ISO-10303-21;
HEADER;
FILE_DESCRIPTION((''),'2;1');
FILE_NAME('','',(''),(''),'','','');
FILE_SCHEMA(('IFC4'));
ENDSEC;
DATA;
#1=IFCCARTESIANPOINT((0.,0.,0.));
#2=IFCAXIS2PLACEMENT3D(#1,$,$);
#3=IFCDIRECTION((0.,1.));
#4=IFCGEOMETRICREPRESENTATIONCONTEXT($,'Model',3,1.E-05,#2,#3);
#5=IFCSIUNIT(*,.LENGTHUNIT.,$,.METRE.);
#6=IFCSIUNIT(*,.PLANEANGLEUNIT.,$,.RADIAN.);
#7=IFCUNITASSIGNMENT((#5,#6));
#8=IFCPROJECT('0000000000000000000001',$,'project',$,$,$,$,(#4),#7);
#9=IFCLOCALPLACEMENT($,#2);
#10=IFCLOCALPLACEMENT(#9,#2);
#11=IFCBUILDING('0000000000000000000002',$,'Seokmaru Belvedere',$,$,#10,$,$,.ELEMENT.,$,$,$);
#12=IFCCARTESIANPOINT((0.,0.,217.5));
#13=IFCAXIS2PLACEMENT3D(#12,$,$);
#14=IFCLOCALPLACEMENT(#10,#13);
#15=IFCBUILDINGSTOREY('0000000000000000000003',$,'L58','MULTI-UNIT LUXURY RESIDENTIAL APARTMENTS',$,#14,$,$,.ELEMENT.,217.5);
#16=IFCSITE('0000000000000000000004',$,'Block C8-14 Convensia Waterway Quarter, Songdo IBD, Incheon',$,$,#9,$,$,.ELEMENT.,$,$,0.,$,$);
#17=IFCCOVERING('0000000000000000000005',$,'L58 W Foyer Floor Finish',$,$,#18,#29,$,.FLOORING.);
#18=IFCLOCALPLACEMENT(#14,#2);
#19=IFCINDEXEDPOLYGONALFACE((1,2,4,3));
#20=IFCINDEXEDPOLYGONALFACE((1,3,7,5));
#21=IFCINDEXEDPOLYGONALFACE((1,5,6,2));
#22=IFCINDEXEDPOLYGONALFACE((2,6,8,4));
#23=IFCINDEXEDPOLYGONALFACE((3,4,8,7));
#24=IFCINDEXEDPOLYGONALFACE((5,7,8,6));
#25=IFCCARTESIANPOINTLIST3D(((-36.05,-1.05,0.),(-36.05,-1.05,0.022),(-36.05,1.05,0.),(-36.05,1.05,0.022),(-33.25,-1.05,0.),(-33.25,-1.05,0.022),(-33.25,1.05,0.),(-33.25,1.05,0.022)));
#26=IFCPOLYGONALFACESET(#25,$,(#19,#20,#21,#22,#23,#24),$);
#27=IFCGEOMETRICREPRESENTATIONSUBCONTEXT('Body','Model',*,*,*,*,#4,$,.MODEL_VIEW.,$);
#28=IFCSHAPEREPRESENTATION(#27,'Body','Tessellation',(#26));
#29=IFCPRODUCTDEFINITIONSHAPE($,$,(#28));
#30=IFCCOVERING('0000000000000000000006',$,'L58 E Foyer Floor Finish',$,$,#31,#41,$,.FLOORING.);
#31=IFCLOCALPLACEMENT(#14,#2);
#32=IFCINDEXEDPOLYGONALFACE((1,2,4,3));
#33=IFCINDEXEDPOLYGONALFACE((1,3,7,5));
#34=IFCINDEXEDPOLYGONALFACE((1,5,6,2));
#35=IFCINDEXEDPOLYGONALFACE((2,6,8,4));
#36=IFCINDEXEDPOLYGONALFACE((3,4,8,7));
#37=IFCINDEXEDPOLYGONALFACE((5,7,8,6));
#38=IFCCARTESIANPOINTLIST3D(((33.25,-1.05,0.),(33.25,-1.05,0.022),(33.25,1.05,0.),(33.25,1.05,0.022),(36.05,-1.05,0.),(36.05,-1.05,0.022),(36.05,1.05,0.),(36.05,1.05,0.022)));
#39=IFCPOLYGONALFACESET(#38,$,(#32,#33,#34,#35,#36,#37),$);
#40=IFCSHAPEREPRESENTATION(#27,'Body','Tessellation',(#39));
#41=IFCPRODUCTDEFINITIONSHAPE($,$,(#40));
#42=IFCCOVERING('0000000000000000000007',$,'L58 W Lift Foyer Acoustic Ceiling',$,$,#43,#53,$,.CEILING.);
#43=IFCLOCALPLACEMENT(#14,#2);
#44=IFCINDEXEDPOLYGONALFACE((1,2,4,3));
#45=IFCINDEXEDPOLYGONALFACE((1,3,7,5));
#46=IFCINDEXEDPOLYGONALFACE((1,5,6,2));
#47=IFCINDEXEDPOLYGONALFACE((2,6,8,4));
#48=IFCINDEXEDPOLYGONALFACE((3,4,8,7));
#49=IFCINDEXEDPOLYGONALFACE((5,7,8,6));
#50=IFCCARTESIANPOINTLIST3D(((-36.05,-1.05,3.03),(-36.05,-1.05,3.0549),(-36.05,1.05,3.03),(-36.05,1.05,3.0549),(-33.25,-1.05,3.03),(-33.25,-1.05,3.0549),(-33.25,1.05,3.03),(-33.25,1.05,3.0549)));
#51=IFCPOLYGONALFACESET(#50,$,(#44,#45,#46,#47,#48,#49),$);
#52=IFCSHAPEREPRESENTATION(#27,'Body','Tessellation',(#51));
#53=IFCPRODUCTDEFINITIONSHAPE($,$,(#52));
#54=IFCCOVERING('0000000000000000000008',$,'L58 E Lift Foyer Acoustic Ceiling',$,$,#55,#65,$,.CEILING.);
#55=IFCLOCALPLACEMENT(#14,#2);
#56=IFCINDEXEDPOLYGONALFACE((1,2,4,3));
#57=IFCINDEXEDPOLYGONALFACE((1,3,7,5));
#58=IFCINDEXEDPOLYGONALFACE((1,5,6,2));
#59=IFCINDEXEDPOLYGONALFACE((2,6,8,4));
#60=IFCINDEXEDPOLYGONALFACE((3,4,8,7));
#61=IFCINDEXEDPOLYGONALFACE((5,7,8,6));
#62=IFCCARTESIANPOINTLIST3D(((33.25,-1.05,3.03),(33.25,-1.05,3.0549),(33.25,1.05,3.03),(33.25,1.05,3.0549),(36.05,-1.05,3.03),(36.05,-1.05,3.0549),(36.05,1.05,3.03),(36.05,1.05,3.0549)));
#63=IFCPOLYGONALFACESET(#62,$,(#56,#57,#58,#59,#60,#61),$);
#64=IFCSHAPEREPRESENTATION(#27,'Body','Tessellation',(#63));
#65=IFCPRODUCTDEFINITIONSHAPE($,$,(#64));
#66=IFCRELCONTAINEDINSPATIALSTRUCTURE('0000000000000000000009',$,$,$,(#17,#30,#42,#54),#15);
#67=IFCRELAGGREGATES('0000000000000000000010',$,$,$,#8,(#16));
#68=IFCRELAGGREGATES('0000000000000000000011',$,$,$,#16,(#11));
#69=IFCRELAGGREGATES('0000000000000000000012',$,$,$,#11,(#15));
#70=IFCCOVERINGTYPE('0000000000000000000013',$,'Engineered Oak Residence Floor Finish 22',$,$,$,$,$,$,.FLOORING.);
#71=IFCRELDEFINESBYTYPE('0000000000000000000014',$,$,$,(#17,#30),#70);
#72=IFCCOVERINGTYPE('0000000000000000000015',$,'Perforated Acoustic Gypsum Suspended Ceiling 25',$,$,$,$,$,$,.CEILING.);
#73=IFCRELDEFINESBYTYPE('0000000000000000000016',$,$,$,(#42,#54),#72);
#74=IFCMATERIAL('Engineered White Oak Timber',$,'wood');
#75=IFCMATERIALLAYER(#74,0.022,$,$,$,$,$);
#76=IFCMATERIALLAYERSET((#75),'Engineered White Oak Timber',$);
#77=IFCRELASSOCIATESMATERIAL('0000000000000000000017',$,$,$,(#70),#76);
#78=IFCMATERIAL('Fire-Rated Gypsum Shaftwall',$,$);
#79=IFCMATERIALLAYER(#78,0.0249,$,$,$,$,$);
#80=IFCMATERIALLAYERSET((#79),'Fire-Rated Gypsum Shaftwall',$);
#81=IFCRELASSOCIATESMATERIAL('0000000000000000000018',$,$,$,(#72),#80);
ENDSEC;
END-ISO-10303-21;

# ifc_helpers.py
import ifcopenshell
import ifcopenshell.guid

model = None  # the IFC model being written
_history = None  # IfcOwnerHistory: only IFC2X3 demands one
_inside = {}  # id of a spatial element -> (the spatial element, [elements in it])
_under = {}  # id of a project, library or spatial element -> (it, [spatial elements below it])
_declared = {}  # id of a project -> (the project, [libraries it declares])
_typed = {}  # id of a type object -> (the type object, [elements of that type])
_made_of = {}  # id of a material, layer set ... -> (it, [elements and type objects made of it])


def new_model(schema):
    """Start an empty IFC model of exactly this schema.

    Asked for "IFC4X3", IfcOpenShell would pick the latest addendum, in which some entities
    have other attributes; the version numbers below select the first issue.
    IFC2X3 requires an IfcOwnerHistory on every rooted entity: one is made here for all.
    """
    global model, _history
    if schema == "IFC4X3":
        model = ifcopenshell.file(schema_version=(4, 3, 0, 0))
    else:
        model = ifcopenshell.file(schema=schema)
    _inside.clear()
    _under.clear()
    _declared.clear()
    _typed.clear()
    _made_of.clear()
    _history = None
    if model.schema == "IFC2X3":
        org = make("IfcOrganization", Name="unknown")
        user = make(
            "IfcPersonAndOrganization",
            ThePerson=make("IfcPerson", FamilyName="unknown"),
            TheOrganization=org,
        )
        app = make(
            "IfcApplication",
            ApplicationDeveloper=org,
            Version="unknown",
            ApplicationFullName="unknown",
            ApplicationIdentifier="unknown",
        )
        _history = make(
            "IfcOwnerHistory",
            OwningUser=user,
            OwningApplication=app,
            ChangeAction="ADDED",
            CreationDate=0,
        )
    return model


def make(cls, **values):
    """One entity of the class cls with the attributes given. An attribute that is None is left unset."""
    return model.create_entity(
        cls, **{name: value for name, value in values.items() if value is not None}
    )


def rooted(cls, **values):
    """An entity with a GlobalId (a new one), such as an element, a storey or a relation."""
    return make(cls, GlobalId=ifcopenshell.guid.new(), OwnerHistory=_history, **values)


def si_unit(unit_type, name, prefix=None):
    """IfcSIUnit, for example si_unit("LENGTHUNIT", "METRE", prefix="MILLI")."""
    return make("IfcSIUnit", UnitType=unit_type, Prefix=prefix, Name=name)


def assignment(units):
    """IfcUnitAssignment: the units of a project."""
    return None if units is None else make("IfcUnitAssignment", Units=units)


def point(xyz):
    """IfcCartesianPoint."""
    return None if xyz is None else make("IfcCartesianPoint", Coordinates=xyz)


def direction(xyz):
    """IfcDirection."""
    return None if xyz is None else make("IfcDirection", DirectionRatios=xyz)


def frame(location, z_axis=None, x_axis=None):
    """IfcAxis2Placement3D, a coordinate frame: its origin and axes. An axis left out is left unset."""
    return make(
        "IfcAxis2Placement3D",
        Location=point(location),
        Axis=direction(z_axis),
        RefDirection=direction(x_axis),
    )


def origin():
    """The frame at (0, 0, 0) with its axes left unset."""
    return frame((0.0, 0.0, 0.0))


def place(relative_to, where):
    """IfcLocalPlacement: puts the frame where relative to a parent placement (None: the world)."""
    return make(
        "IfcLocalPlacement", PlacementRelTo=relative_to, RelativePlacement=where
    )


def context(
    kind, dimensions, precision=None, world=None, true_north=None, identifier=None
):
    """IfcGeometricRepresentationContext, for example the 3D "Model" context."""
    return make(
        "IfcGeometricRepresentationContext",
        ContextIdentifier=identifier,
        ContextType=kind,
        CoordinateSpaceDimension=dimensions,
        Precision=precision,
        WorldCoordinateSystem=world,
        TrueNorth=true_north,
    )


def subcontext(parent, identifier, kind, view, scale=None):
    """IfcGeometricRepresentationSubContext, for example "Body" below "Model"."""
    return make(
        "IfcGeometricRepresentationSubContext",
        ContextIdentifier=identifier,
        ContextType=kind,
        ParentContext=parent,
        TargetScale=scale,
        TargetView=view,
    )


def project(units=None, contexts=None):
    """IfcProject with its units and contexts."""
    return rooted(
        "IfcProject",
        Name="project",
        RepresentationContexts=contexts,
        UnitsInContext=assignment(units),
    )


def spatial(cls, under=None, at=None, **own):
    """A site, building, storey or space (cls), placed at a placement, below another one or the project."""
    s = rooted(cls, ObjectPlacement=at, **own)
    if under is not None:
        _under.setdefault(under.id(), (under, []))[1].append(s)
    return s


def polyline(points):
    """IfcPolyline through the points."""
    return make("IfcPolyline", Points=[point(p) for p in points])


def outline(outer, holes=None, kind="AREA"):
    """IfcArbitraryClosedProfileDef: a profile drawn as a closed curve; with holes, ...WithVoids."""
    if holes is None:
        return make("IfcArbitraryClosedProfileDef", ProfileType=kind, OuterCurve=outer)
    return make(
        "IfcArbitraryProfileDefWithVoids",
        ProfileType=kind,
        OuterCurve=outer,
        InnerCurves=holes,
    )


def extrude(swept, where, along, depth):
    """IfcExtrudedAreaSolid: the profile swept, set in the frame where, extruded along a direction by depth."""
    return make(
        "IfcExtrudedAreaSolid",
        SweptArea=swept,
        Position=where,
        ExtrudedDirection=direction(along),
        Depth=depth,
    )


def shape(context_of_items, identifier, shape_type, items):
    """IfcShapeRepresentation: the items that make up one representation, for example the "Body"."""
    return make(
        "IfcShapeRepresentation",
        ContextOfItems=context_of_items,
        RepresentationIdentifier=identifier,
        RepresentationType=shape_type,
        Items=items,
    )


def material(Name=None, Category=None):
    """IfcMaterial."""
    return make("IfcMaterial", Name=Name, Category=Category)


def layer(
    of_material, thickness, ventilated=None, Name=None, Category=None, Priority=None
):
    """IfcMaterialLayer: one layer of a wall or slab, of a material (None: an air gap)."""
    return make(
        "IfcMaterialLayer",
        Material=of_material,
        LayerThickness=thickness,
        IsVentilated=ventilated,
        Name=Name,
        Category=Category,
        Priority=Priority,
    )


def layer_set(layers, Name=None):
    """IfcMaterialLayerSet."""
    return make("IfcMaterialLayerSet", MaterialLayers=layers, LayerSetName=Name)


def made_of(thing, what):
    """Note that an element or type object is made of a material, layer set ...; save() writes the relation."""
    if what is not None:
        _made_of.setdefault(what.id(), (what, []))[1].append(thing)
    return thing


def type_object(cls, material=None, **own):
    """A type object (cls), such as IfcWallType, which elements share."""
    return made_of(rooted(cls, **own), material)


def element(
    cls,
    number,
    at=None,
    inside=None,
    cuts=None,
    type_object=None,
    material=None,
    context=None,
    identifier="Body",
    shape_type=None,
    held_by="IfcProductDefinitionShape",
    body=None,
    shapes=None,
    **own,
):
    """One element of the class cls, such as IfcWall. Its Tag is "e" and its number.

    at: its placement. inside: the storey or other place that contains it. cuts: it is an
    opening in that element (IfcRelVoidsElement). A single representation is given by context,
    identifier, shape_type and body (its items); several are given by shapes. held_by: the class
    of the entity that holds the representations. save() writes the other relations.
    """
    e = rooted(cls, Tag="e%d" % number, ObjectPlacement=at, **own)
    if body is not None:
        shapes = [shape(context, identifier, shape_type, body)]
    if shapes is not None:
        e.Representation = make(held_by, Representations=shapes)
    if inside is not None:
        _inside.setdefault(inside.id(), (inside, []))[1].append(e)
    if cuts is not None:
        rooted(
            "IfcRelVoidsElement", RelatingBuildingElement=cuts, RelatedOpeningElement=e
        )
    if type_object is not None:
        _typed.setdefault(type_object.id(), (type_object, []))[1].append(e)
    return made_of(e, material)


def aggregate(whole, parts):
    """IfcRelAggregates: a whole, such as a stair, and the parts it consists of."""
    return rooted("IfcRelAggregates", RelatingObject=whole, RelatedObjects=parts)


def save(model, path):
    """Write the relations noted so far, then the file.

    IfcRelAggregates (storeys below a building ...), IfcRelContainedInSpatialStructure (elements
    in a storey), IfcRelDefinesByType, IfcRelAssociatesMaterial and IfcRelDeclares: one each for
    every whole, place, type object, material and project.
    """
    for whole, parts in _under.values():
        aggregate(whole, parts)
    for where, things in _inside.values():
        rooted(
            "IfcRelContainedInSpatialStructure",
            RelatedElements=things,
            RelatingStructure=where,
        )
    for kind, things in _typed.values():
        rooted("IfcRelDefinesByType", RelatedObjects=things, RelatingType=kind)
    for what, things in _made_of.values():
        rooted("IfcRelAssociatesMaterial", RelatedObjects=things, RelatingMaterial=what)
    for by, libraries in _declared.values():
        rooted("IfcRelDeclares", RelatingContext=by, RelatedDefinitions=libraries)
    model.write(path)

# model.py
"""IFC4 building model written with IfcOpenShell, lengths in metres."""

from ifc_helpers import new_model, si_unit, direction, frame, origin, place, context, subcontext, project, spatial, polyline, outline, extrude, material, layer, layer_set, type_object, element, save


model = new_model("IFC4")

# Units and contexts
model_context = context("Model", 3, precision=1e-05, world=origin(), true_north=direction((0.0, 1.0)))
body_context = subcontext(model_context, "Body", "Model", "MODEL_VIEW")
ifc_project = project(units=[si_unit("LENGTHUNIT", "METRE"), si_unit("PLANEANGLEUNIT", "RADIAN")], contexts=[model_context])

# Site, building, storey
site_placement = place(None, origin())
site = spatial("IfcSite", under=ifc_project, at=site_placement, Name="Block C8-14 Convensia Waterway Quarter, Songdo IBD, Incheon", CompositionType="ELEMENT", RefElevation=0.0)
building_placement = place(site_placement, origin())
building = spatial("IfcBuilding", under=site, at=building_placement, Name="Seokmaru Belvedere", CompositionType="ELEMENT")
storey_placement = place(building_placement, frame((0.0, 0.0, 217.5)))
storey = spatial("IfcBuildingStorey", under=building, at=storey_placement, Name="L58", Description="MULTI-UNIT LUXURY RESIDENTIAL APARTMENTS", CompositionType="ELEMENT", Elevation=217.5)

# Shared definitions
ifc_material_1 = material(Name="Fire-Rated Gypsum Shaftwall")

# Coverings
ifc_material_2 = material(Name="Engineered White Oak Timber", Category="wood")
ifc_layer_1 = layer(ifc_material_2, 0.022)
ifc_layer_set_1 = layer_set([ifc_layer_1], Name="Engineered White Oak Timber")
covering_type_1 = type_object("IfcCoveringType", Name="Engineered Oak Residence Floor Finish 22", PredefinedType="FLOORING", material=ifc_layer_set_1)
covering_1_placement = place(storey_placement, origin())
element("IfcCovering", 1, at=covering_1_placement, inside=storey, type_object=covering_type_1, Name="L58 W Foyer Floor Finish", PredefinedType="FLOORING", context=body_context, shape_type="SweptSolid", body=[
    extrude(outline(polyline([(-36.05, -1.05), (-33.25, -1.05), (-33.25, 1.05), (-36.05, 1.05), (-36.05, -1.05)])), origin(), (0.0, 0.0, 1.0), 0.022),
])
covering_2_placement = place(storey_placement, origin())
element("IfcCovering", 2, at=covering_2_placement, inside=storey, type_object=covering_type_1, Name="L58 E Foyer Floor Finish", PredefinedType="FLOORING", context=body_context, shape_type="SweptSolid", body=[
    extrude(outline(polyline([(33.25, -1.05), (36.05, -1.05), (36.05, 1.05), (33.25, 1.05), (33.25, -1.05)])), origin(), (0.0, 0.0, 1.0), 0.022),
])
ifc_layer_2 = layer(ifc_material_1, 0.0249)
ifc_layer_set_2 = layer_set([ifc_layer_2], Name="Fire-Rated Gypsum Shaftwall")
covering_type_2 = type_object("IfcCoveringType", Name="Perforated Acoustic Gypsum Suspended Ceiling 25", PredefinedType="CEILING", material=ifc_layer_set_2)
covering_3_placement = place(storey_placement, frame((0.0, 0.0, 3.03)))
element("IfcCovering", 3, at=covering_3_placement, inside=storey, type_object=covering_type_2, Name="L58 W Lift Foyer Acoustic Ceiling", PredefinedType="CEILING", context=body_context, shape_type="SweptSolid", body=[
    extrude(outline(polyline([(-36.05, -1.05), (-33.25, -1.05), (-33.25, 1.05), (-36.05, 1.05), (-36.05, -1.05)])), origin(), (0.0, 0.0, 1.0), 0.0249),
])
covering_4_placement = place(storey_placement, frame((0.0, 0.0, 3.03)))
element("IfcCovering", 4, at=covering_4_placement, inside=storey, type_object=covering_type_2, Name="L58 E Lift Foyer Acoustic Ceiling", PredefinedType="CEILING", context=body_context, shape_type="SweptSolid", body=[
    extrude(outline(polyline([(33.25, -1.05), (36.05, -1.05), (36.05, 1.05), (33.25, 1.05), (33.25, -1.05)])), origin(), (0.0, 0.0, 1.0), 0.0249),
])

save(model, "model.ifc")
